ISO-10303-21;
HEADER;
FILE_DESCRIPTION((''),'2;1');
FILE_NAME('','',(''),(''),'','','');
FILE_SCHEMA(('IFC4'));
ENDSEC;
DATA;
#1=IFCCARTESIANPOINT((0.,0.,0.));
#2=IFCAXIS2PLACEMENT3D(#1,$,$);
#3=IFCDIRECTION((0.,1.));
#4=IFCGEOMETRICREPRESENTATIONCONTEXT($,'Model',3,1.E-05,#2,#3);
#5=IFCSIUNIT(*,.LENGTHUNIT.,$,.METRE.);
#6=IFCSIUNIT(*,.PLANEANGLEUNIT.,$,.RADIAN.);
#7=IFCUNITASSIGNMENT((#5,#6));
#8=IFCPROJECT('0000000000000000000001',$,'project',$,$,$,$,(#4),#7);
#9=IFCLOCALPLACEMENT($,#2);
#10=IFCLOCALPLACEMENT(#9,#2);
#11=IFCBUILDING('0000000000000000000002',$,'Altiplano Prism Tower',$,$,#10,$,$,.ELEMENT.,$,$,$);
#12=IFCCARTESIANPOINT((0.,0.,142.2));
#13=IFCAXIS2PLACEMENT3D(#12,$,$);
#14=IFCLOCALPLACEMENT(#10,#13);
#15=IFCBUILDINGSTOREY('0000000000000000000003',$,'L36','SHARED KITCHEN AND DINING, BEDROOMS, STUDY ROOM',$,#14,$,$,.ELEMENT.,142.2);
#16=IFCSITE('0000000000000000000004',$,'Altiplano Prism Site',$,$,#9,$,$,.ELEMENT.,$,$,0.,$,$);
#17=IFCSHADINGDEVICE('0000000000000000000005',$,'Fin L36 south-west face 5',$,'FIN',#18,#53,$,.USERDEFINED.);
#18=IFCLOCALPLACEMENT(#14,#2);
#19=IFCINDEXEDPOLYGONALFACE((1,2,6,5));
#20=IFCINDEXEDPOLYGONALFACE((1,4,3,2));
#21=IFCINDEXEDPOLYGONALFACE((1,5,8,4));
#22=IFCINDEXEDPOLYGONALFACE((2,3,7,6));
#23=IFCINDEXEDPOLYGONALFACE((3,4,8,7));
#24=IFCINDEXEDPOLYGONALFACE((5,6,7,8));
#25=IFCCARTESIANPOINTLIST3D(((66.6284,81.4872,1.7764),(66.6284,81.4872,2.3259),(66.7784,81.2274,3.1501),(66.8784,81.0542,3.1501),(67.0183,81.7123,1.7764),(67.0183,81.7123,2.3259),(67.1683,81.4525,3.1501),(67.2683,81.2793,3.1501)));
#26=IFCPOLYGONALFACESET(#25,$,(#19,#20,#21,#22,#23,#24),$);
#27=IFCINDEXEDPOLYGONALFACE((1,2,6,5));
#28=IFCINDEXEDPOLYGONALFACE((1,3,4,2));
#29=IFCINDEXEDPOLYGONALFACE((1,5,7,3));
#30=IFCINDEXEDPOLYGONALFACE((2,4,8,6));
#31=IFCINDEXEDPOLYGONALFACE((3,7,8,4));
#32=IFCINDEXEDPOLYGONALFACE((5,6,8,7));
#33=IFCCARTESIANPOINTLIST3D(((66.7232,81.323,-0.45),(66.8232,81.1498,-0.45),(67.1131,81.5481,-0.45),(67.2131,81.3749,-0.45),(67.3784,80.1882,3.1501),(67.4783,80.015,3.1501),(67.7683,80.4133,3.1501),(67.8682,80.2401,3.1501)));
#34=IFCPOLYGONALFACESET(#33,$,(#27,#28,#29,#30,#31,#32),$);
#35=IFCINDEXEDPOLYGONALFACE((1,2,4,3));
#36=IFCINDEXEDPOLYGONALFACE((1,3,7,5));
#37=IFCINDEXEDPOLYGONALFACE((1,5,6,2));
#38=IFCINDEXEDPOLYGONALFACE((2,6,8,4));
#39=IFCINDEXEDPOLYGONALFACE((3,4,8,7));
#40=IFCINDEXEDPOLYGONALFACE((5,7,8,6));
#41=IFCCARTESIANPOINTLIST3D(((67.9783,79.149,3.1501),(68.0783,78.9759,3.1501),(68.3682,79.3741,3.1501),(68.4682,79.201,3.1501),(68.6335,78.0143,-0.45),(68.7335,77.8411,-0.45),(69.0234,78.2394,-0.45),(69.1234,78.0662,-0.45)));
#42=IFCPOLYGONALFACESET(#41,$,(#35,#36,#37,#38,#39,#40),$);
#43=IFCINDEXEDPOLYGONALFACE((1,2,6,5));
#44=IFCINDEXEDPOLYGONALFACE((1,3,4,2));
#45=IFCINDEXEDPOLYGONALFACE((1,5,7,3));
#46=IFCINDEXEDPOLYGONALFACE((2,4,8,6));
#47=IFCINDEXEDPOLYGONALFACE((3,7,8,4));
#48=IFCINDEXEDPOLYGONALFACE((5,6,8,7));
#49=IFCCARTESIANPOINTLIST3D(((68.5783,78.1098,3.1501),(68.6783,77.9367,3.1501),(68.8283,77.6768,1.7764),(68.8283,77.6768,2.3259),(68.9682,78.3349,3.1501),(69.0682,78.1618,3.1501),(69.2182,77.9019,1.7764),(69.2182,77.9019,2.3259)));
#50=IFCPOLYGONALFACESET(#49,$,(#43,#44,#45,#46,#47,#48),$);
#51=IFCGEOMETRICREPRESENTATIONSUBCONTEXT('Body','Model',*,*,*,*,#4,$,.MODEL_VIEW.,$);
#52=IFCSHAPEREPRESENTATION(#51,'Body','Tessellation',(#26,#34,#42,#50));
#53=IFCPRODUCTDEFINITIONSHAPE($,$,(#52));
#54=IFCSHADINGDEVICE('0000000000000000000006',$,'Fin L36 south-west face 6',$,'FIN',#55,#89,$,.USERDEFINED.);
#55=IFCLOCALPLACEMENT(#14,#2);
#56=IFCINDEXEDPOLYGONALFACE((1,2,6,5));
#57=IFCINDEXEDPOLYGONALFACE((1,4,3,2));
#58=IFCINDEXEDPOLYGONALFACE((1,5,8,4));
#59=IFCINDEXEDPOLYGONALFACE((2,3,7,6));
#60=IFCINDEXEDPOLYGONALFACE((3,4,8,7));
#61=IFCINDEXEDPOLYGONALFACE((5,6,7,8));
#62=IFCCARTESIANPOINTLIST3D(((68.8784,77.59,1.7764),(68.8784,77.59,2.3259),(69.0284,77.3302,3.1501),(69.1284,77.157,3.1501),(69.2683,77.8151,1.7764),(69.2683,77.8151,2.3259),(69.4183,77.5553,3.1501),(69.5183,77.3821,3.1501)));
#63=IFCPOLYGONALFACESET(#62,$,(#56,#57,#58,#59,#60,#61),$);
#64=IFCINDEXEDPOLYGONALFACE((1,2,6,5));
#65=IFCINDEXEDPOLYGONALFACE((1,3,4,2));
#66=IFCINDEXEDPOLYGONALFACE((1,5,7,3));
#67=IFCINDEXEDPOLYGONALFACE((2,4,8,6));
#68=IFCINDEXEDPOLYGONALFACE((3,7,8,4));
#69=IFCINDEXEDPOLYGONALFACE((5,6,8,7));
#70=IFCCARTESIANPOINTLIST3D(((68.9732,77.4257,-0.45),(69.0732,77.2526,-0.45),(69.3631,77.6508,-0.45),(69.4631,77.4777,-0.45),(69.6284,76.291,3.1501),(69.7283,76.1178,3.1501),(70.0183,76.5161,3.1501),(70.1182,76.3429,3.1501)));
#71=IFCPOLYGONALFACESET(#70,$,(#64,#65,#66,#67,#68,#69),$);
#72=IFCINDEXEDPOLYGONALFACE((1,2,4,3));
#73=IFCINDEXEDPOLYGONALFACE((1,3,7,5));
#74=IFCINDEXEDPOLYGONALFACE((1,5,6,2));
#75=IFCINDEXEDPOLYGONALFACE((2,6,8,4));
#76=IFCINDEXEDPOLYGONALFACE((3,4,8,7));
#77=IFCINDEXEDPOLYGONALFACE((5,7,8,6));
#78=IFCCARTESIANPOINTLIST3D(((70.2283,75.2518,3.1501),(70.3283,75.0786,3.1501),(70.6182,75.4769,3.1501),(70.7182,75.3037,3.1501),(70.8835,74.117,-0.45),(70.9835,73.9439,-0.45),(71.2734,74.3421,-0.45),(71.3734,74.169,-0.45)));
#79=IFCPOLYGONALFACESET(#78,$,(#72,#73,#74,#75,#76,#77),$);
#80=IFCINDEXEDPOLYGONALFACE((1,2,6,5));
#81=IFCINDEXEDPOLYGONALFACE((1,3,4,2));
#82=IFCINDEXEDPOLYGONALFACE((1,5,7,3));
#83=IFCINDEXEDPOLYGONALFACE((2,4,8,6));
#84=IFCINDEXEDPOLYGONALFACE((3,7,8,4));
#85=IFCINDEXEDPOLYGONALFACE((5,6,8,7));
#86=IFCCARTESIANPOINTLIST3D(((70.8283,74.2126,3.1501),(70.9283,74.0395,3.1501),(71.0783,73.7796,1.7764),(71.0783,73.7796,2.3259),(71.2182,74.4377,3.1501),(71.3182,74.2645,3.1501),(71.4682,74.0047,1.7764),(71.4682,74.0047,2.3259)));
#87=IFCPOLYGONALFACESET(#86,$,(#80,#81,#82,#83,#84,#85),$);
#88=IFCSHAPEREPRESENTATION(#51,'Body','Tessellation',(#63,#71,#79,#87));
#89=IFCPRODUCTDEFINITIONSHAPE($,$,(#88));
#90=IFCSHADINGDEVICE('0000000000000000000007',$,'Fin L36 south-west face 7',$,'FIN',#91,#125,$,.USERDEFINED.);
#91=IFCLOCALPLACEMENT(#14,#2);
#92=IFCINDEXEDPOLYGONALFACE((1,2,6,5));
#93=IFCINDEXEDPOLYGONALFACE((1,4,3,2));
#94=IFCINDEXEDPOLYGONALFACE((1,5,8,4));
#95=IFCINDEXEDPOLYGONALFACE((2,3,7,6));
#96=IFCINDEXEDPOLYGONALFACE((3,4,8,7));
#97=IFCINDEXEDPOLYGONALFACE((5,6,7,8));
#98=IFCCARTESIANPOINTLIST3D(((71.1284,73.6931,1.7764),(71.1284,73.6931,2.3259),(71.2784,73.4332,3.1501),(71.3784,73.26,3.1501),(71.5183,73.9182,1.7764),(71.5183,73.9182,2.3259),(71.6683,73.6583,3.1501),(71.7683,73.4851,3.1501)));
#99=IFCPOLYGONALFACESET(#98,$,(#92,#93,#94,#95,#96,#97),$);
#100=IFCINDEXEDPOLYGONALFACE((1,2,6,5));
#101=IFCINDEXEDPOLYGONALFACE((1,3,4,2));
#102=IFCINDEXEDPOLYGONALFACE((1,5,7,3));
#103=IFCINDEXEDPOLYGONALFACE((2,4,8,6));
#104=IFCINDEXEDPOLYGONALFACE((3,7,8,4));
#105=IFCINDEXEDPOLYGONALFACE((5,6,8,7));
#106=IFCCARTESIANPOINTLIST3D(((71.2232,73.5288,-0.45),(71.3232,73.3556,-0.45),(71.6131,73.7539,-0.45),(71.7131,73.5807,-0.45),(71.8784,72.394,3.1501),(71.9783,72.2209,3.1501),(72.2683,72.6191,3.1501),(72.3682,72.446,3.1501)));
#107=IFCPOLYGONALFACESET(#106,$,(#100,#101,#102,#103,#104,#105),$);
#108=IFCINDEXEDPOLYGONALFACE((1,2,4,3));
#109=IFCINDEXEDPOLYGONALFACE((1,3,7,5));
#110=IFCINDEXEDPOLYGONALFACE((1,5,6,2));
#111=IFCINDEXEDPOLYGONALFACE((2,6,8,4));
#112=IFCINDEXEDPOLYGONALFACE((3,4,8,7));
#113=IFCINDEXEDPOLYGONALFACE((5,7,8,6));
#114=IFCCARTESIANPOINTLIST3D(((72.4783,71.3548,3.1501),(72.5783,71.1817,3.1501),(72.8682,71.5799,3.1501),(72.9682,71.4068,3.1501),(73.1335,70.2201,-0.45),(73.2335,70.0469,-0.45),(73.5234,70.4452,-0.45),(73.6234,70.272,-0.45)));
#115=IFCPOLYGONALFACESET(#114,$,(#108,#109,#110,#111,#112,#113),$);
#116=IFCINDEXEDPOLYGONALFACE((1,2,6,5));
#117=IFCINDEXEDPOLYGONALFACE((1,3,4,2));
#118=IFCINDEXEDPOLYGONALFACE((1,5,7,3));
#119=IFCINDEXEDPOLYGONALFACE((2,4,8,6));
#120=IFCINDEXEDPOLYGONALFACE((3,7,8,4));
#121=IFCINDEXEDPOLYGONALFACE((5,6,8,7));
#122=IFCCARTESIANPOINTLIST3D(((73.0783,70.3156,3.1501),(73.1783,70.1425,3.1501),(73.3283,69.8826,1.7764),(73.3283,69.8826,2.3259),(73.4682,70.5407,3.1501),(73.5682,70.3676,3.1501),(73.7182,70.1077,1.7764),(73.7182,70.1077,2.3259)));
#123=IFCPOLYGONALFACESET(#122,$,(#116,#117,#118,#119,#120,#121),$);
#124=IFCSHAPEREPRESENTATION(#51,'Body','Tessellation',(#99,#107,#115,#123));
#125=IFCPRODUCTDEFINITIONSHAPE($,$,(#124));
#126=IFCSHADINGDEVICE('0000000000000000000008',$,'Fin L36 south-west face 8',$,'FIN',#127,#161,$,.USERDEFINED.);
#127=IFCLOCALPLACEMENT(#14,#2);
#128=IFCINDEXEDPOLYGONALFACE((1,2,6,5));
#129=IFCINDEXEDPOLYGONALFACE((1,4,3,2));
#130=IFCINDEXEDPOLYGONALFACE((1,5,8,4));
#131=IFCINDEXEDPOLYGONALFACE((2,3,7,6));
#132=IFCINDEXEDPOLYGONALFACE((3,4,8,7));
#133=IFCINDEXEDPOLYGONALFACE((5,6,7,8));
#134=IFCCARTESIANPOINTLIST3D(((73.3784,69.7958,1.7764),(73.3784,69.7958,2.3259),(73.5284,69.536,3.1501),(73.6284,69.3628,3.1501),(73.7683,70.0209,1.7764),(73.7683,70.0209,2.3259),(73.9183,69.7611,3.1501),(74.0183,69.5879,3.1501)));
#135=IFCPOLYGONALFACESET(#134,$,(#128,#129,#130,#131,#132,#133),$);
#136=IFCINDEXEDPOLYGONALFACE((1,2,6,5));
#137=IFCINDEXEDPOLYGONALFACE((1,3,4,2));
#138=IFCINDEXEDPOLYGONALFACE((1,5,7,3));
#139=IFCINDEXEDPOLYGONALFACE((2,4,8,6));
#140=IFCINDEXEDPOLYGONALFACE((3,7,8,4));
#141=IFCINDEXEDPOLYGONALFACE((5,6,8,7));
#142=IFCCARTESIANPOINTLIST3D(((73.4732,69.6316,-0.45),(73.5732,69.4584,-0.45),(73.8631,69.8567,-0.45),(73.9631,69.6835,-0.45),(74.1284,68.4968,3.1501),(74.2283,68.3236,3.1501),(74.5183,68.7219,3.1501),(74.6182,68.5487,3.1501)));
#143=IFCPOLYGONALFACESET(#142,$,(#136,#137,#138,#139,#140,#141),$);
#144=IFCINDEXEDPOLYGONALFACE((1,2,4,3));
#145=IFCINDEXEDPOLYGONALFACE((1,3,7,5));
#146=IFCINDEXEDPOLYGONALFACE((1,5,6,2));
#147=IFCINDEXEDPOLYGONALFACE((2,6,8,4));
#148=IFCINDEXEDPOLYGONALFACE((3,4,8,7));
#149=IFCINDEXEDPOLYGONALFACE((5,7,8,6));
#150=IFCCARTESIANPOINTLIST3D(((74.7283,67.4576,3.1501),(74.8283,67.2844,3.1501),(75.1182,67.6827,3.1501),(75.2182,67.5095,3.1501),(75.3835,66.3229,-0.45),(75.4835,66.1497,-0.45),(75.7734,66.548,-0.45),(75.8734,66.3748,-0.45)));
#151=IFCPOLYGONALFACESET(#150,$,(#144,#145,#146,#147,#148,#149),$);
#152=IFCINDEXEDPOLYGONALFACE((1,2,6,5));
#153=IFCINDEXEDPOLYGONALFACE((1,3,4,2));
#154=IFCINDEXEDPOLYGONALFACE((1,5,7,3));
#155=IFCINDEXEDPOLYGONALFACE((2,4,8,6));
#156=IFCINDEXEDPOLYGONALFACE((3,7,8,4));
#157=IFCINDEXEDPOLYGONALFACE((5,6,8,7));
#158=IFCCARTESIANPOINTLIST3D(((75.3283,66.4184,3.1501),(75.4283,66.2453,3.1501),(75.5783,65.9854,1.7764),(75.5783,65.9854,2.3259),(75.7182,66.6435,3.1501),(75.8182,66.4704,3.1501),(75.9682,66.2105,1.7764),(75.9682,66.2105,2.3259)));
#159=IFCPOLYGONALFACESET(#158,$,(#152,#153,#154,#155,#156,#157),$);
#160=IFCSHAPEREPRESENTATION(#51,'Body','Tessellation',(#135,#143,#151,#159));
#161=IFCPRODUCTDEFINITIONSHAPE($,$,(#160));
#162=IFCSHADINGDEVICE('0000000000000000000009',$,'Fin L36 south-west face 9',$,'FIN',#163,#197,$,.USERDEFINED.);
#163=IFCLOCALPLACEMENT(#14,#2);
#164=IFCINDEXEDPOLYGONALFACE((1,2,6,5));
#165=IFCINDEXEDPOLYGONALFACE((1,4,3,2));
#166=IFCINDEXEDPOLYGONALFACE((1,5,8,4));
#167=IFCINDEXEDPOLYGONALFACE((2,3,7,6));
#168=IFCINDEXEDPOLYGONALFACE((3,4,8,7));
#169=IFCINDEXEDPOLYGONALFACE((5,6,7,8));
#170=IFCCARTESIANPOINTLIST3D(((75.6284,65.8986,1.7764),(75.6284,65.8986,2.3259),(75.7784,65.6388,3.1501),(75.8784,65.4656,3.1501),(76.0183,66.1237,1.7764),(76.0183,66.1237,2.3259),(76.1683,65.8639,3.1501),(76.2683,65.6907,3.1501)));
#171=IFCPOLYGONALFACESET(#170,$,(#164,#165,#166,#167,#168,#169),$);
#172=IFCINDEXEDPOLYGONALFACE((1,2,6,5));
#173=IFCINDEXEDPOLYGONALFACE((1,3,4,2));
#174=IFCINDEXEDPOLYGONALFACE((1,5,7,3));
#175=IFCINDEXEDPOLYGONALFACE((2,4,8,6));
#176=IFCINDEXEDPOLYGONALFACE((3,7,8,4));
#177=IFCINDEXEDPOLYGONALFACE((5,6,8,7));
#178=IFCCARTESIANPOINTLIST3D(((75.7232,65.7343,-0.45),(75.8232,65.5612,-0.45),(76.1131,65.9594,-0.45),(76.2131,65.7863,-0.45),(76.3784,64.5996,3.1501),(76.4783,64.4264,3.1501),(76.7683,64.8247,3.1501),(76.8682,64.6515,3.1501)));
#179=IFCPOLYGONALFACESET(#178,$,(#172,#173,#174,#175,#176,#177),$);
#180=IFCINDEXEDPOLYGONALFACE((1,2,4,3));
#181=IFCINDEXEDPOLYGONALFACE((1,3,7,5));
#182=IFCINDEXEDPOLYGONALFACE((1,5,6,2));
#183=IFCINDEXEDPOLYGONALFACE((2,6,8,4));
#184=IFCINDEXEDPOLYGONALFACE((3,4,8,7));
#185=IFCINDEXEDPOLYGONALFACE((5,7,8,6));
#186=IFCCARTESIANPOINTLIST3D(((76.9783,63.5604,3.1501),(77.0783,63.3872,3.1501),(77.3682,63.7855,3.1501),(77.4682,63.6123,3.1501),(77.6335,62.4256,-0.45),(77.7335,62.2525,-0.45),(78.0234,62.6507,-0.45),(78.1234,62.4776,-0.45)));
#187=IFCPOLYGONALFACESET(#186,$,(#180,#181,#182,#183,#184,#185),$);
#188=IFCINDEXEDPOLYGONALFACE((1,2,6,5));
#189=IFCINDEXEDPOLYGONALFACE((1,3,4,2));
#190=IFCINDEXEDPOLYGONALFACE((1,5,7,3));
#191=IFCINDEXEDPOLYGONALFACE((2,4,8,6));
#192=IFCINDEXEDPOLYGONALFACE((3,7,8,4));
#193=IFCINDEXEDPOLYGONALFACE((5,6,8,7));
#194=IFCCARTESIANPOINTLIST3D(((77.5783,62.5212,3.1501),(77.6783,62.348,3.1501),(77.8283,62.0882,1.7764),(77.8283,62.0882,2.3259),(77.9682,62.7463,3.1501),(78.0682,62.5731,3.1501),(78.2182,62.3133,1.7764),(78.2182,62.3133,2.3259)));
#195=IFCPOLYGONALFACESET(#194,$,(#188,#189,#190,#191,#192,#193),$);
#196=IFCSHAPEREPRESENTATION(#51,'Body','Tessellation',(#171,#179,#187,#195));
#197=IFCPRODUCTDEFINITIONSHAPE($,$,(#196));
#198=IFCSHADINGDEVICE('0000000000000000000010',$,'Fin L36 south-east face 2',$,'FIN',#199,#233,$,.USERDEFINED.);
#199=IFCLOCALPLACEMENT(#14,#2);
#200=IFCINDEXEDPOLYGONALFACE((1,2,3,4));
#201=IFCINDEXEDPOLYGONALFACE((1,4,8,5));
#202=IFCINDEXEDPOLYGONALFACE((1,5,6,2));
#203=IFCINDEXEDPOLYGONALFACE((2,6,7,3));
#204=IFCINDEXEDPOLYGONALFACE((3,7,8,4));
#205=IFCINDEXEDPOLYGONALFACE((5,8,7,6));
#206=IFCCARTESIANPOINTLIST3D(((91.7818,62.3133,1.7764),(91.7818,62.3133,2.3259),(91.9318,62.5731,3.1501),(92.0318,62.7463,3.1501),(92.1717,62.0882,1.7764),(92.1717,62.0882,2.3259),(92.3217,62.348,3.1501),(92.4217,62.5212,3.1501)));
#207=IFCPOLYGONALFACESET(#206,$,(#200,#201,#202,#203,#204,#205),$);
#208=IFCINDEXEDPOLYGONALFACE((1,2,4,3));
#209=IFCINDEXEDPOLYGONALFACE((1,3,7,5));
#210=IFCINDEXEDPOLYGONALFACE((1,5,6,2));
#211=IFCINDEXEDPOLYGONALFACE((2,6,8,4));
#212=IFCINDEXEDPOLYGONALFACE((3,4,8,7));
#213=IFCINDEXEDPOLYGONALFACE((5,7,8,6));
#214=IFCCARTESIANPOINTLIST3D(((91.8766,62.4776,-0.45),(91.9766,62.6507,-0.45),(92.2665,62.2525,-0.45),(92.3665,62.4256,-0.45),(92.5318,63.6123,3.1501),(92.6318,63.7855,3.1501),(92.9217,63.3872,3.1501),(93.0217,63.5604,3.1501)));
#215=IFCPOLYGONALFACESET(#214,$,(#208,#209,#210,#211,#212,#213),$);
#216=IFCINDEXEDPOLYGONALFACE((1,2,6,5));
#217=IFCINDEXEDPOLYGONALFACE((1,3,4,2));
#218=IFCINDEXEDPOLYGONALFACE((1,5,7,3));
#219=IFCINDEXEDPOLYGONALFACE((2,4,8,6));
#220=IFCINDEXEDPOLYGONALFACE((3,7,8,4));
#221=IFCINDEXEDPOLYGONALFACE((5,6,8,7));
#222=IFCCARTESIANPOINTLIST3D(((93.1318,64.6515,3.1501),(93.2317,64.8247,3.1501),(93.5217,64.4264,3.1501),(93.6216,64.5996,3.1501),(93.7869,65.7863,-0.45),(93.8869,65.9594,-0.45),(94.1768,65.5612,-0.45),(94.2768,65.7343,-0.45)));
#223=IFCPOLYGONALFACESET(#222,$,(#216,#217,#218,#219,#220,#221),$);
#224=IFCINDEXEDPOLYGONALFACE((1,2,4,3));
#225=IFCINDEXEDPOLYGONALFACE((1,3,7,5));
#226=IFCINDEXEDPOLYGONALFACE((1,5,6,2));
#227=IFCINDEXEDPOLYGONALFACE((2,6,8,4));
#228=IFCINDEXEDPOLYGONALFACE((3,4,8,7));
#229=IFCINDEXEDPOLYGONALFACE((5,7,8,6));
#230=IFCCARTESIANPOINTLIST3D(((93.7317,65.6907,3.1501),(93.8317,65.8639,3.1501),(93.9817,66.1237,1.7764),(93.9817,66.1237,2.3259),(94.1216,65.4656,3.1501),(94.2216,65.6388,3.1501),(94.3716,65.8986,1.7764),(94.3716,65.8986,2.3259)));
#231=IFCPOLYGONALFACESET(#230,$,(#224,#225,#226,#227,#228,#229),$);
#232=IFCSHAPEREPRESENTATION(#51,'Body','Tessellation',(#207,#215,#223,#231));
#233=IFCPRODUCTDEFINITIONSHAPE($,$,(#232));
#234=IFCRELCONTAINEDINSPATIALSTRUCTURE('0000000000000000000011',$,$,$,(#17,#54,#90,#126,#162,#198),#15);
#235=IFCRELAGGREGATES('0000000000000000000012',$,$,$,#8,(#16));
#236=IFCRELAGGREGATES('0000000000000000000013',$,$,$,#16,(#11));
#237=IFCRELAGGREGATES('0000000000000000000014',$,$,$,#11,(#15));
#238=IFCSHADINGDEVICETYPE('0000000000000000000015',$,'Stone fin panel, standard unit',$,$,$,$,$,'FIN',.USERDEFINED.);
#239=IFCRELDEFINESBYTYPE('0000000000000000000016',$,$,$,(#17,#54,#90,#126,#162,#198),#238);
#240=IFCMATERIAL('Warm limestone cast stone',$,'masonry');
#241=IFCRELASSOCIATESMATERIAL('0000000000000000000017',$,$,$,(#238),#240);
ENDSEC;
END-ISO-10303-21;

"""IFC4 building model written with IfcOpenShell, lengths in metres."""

from ifc_helpers import new_model, si_unit, direction, frame, origin, place, context, subcontext, project, spatial, polyline, outline, extrude, source, transform, mapped, material, type_object, element, save


model = new_model("IFC4")

# Units and contexts
model_context = context("Model", 3, precision=1e-05, world=origin(), true_north=direction((0.0, 1.0)))
body_context = subcontext(model_context, "Body", "Model", "MODEL_VIEW")
ifc_project = project(units=[si_unit("LENGTHUNIT", "METRE"), si_unit("PLANEANGLEUNIT", "RADIAN")], contexts=[model_context])

# Site, building, storey
site_placement = place(None, origin())
site = spatial("IfcSite", under=ifc_project, at=site_placement, Name="Altiplano Prism Site", CompositionType="ELEMENT", RefElevation=0.0)
building_placement = place(site_placement, origin())
building = spatial("IfcBuilding", under=site, at=building_placement, Name="Altiplano Prism Tower", CompositionType="ELEMENT")
storey_placement = place(building_placement, frame((0.0, 0.0, 142.2)))
storey = spatial("IfcBuildingStorey", under=building, at=storey_placement, Name="L36", Description="SHARED KITCHEN AND DINING, BEDROOMS, STUDY ROOM", CompositionType="ELEMENT", Elevation=142.2)

# Shading devices
ifc_material_1 = material(Name="Warm limestone cast stone", Category="masonry")
shading_device_type_1 = type_object("IfcShadingDeviceType", Name="Stone fin panel, standard unit", ElementType="FIN", PredefinedType="USERDEFINED", material=ifc_material_1)
shared_shape_1 = source(origin(), body_context, "Body", "SweptSolid", [
    extrude(outline(polyline([(-2.2, 2.2263), (-1.7, 3.6001), (-1.8999, 3.6001), (-2.2, 2.7759), (-2.2, 2.2263)])), frame((0.0, -0.1499, 0.0), z_axis=(0.0, -1.0, 0.0), x_axis=(1.0, 0.0, 0.0)), (0.0, 0.0, 1.0), 0.4502),
    extrude(outline(polyline([(-2.0103, 0.0), (-1.8103, 0.0), (-0.5, 3.6001), (-0.7, 3.6001), (-2.0103, 0.0)])), frame((0.0, -0.1499, 0.0), z_axis=(0.0, -1.0, 0.0), x_axis=(1.0, 0.0, 0.0)), (0.0, 0.0, 1.0), 0.4502),
    extrude(outline(polyline([(1.8103, 0.0), (2.0103, 0.0), (0.7, 3.6001), (0.5, 3.6001), (1.8103, 0.0)])), frame((0.0, -0.1499, 0.0), z_axis=(0.0, -1.0, 0.0), x_axis=(1.0, 0.0, 0.0)), (0.0, 0.0, 1.0), 0.4502),
    extrude(outline(polyline([(2.2, 2.7759), (1.8999, 3.6001), (1.7, 3.6001), (2.2, 2.2263), (2.2, 2.7759)])), frame((0.0, -0.1499, 0.0), z_axis=(0.0, -1.0, 0.0), x_axis=(1.0, 0.0, 0.0)), (0.0, 0.0, 1.0), 0.4502),
])
shading_device_1_placement = place(storey_placement, origin())
element("IfcShadingDevice", 1, at=shading_device_1_placement, inside=storey, type_object=shading_device_type_1, Name="Fin L36 south-west face 5", ObjectType="FIN", PredefinedType="USERDEFINED", context=body_context, shape_type="MappedRepresentation", body=[
    mapped(shared_shape_1, transform((68.248, 79.8821, -0.45), x_axis=(0.5, -0.866025, 0.0), y_axis=(0.866025, 0.5, 0.0), z_axis=(0.0, 0.0, 1.0))),
])
shading_device_2_placement = place(storey_placement, origin())
element("IfcShadingDevice", 2, at=shading_device_2_placement, inside=storey, type_object=shading_device_type_1, Name="Fin L36 south-west face 6", ObjectType="FIN", PredefinedType="USERDEFINED", context=body_context, shape_type="MappedRepresentation", body=[
    mapped(shared_shape_1, transform((70.498, 75.9849, -0.45), x_axis=(0.5, -0.866025, 0.0), y_axis=(0.866025, 0.5, 0.0), z_axis=(0.0, 0.0, 1.0))),
])
shading_device_3_placement = place(storey_placement, origin())
element("IfcShadingDevice", 3, at=shading_device_3_placement, inside=storey, type_object=shading_device_type_1, Name="Fin L36 south-west face 7", ObjectType="FIN", PredefinedType="USERDEFINED", context=body_context, shape_type="MappedRepresentation", body=[
    mapped(shared_shape_1, transform((72.748, 72.0879, -0.45), x_axis=(0.5, -0.866025, 0.0), y_axis=(0.866025, 0.5, 0.0), z_axis=(0.0, 0.0, 1.0))),
])
shading_device_4_placement = place(storey_placement, origin())
element("IfcShadingDevice", 4, at=shading_device_4_placement, inside=storey, type_object=shading_device_type_1, Name="Fin L36 south-west face 8", ObjectType="FIN", PredefinedType="USERDEFINED", context=body_context, shape_type="MappedRepresentation", body=[
    mapped(shared_shape_1, transform((74.998, 68.1907, -0.45), x_axis=(0.5, -0.866025, 0.0), y_axis=(0.866025, 0.5, 0.0), z_axis=(0.0, 0.0, 1.0))),
])
shading_device_5_placement = place(storey_placement, origin())
element("IfcShadingDevice", 5, at=shading_device_5_placement, inside=storey, type_object=shading_device_type_1, Name="Fin L36 south-west face 9", ObjectType="FIN", PredefinedType="USERDEFINED", context=body_context, shape_type="MappedRepresentation", body=[
    mapped(shared_shape_1, transform((77.248, 64.2935, -0.45), x_axis=(0.5, -0.866025, 0.0), y_axis=(0.866025, 0.5, 0.0), z_axis=(0.0, 0.0, 1.0))),
])
shading_device_6_placement = place(storey_placement, origin())
element("IfcShadingDevice", 6, at=shading_device_6_placement, inside=storey, type_object=shading_device_type_1, Name="Fin L36 south-east face 2", ObjectType="FIN", PredefinedType="USERDEFINED", context=body_context, shape_type="MappedRepresentation", body=[
    mapped(shared_shape_1, transform((92.752, 64.2935, -0.45), x_axis=(0.5, 0.866025, 0.0), y_axis=(-0.866025, 0.5, 0.0), z_axis=(0.0, 0.0, 1.0))),
])

save(model, "model.ifc")
